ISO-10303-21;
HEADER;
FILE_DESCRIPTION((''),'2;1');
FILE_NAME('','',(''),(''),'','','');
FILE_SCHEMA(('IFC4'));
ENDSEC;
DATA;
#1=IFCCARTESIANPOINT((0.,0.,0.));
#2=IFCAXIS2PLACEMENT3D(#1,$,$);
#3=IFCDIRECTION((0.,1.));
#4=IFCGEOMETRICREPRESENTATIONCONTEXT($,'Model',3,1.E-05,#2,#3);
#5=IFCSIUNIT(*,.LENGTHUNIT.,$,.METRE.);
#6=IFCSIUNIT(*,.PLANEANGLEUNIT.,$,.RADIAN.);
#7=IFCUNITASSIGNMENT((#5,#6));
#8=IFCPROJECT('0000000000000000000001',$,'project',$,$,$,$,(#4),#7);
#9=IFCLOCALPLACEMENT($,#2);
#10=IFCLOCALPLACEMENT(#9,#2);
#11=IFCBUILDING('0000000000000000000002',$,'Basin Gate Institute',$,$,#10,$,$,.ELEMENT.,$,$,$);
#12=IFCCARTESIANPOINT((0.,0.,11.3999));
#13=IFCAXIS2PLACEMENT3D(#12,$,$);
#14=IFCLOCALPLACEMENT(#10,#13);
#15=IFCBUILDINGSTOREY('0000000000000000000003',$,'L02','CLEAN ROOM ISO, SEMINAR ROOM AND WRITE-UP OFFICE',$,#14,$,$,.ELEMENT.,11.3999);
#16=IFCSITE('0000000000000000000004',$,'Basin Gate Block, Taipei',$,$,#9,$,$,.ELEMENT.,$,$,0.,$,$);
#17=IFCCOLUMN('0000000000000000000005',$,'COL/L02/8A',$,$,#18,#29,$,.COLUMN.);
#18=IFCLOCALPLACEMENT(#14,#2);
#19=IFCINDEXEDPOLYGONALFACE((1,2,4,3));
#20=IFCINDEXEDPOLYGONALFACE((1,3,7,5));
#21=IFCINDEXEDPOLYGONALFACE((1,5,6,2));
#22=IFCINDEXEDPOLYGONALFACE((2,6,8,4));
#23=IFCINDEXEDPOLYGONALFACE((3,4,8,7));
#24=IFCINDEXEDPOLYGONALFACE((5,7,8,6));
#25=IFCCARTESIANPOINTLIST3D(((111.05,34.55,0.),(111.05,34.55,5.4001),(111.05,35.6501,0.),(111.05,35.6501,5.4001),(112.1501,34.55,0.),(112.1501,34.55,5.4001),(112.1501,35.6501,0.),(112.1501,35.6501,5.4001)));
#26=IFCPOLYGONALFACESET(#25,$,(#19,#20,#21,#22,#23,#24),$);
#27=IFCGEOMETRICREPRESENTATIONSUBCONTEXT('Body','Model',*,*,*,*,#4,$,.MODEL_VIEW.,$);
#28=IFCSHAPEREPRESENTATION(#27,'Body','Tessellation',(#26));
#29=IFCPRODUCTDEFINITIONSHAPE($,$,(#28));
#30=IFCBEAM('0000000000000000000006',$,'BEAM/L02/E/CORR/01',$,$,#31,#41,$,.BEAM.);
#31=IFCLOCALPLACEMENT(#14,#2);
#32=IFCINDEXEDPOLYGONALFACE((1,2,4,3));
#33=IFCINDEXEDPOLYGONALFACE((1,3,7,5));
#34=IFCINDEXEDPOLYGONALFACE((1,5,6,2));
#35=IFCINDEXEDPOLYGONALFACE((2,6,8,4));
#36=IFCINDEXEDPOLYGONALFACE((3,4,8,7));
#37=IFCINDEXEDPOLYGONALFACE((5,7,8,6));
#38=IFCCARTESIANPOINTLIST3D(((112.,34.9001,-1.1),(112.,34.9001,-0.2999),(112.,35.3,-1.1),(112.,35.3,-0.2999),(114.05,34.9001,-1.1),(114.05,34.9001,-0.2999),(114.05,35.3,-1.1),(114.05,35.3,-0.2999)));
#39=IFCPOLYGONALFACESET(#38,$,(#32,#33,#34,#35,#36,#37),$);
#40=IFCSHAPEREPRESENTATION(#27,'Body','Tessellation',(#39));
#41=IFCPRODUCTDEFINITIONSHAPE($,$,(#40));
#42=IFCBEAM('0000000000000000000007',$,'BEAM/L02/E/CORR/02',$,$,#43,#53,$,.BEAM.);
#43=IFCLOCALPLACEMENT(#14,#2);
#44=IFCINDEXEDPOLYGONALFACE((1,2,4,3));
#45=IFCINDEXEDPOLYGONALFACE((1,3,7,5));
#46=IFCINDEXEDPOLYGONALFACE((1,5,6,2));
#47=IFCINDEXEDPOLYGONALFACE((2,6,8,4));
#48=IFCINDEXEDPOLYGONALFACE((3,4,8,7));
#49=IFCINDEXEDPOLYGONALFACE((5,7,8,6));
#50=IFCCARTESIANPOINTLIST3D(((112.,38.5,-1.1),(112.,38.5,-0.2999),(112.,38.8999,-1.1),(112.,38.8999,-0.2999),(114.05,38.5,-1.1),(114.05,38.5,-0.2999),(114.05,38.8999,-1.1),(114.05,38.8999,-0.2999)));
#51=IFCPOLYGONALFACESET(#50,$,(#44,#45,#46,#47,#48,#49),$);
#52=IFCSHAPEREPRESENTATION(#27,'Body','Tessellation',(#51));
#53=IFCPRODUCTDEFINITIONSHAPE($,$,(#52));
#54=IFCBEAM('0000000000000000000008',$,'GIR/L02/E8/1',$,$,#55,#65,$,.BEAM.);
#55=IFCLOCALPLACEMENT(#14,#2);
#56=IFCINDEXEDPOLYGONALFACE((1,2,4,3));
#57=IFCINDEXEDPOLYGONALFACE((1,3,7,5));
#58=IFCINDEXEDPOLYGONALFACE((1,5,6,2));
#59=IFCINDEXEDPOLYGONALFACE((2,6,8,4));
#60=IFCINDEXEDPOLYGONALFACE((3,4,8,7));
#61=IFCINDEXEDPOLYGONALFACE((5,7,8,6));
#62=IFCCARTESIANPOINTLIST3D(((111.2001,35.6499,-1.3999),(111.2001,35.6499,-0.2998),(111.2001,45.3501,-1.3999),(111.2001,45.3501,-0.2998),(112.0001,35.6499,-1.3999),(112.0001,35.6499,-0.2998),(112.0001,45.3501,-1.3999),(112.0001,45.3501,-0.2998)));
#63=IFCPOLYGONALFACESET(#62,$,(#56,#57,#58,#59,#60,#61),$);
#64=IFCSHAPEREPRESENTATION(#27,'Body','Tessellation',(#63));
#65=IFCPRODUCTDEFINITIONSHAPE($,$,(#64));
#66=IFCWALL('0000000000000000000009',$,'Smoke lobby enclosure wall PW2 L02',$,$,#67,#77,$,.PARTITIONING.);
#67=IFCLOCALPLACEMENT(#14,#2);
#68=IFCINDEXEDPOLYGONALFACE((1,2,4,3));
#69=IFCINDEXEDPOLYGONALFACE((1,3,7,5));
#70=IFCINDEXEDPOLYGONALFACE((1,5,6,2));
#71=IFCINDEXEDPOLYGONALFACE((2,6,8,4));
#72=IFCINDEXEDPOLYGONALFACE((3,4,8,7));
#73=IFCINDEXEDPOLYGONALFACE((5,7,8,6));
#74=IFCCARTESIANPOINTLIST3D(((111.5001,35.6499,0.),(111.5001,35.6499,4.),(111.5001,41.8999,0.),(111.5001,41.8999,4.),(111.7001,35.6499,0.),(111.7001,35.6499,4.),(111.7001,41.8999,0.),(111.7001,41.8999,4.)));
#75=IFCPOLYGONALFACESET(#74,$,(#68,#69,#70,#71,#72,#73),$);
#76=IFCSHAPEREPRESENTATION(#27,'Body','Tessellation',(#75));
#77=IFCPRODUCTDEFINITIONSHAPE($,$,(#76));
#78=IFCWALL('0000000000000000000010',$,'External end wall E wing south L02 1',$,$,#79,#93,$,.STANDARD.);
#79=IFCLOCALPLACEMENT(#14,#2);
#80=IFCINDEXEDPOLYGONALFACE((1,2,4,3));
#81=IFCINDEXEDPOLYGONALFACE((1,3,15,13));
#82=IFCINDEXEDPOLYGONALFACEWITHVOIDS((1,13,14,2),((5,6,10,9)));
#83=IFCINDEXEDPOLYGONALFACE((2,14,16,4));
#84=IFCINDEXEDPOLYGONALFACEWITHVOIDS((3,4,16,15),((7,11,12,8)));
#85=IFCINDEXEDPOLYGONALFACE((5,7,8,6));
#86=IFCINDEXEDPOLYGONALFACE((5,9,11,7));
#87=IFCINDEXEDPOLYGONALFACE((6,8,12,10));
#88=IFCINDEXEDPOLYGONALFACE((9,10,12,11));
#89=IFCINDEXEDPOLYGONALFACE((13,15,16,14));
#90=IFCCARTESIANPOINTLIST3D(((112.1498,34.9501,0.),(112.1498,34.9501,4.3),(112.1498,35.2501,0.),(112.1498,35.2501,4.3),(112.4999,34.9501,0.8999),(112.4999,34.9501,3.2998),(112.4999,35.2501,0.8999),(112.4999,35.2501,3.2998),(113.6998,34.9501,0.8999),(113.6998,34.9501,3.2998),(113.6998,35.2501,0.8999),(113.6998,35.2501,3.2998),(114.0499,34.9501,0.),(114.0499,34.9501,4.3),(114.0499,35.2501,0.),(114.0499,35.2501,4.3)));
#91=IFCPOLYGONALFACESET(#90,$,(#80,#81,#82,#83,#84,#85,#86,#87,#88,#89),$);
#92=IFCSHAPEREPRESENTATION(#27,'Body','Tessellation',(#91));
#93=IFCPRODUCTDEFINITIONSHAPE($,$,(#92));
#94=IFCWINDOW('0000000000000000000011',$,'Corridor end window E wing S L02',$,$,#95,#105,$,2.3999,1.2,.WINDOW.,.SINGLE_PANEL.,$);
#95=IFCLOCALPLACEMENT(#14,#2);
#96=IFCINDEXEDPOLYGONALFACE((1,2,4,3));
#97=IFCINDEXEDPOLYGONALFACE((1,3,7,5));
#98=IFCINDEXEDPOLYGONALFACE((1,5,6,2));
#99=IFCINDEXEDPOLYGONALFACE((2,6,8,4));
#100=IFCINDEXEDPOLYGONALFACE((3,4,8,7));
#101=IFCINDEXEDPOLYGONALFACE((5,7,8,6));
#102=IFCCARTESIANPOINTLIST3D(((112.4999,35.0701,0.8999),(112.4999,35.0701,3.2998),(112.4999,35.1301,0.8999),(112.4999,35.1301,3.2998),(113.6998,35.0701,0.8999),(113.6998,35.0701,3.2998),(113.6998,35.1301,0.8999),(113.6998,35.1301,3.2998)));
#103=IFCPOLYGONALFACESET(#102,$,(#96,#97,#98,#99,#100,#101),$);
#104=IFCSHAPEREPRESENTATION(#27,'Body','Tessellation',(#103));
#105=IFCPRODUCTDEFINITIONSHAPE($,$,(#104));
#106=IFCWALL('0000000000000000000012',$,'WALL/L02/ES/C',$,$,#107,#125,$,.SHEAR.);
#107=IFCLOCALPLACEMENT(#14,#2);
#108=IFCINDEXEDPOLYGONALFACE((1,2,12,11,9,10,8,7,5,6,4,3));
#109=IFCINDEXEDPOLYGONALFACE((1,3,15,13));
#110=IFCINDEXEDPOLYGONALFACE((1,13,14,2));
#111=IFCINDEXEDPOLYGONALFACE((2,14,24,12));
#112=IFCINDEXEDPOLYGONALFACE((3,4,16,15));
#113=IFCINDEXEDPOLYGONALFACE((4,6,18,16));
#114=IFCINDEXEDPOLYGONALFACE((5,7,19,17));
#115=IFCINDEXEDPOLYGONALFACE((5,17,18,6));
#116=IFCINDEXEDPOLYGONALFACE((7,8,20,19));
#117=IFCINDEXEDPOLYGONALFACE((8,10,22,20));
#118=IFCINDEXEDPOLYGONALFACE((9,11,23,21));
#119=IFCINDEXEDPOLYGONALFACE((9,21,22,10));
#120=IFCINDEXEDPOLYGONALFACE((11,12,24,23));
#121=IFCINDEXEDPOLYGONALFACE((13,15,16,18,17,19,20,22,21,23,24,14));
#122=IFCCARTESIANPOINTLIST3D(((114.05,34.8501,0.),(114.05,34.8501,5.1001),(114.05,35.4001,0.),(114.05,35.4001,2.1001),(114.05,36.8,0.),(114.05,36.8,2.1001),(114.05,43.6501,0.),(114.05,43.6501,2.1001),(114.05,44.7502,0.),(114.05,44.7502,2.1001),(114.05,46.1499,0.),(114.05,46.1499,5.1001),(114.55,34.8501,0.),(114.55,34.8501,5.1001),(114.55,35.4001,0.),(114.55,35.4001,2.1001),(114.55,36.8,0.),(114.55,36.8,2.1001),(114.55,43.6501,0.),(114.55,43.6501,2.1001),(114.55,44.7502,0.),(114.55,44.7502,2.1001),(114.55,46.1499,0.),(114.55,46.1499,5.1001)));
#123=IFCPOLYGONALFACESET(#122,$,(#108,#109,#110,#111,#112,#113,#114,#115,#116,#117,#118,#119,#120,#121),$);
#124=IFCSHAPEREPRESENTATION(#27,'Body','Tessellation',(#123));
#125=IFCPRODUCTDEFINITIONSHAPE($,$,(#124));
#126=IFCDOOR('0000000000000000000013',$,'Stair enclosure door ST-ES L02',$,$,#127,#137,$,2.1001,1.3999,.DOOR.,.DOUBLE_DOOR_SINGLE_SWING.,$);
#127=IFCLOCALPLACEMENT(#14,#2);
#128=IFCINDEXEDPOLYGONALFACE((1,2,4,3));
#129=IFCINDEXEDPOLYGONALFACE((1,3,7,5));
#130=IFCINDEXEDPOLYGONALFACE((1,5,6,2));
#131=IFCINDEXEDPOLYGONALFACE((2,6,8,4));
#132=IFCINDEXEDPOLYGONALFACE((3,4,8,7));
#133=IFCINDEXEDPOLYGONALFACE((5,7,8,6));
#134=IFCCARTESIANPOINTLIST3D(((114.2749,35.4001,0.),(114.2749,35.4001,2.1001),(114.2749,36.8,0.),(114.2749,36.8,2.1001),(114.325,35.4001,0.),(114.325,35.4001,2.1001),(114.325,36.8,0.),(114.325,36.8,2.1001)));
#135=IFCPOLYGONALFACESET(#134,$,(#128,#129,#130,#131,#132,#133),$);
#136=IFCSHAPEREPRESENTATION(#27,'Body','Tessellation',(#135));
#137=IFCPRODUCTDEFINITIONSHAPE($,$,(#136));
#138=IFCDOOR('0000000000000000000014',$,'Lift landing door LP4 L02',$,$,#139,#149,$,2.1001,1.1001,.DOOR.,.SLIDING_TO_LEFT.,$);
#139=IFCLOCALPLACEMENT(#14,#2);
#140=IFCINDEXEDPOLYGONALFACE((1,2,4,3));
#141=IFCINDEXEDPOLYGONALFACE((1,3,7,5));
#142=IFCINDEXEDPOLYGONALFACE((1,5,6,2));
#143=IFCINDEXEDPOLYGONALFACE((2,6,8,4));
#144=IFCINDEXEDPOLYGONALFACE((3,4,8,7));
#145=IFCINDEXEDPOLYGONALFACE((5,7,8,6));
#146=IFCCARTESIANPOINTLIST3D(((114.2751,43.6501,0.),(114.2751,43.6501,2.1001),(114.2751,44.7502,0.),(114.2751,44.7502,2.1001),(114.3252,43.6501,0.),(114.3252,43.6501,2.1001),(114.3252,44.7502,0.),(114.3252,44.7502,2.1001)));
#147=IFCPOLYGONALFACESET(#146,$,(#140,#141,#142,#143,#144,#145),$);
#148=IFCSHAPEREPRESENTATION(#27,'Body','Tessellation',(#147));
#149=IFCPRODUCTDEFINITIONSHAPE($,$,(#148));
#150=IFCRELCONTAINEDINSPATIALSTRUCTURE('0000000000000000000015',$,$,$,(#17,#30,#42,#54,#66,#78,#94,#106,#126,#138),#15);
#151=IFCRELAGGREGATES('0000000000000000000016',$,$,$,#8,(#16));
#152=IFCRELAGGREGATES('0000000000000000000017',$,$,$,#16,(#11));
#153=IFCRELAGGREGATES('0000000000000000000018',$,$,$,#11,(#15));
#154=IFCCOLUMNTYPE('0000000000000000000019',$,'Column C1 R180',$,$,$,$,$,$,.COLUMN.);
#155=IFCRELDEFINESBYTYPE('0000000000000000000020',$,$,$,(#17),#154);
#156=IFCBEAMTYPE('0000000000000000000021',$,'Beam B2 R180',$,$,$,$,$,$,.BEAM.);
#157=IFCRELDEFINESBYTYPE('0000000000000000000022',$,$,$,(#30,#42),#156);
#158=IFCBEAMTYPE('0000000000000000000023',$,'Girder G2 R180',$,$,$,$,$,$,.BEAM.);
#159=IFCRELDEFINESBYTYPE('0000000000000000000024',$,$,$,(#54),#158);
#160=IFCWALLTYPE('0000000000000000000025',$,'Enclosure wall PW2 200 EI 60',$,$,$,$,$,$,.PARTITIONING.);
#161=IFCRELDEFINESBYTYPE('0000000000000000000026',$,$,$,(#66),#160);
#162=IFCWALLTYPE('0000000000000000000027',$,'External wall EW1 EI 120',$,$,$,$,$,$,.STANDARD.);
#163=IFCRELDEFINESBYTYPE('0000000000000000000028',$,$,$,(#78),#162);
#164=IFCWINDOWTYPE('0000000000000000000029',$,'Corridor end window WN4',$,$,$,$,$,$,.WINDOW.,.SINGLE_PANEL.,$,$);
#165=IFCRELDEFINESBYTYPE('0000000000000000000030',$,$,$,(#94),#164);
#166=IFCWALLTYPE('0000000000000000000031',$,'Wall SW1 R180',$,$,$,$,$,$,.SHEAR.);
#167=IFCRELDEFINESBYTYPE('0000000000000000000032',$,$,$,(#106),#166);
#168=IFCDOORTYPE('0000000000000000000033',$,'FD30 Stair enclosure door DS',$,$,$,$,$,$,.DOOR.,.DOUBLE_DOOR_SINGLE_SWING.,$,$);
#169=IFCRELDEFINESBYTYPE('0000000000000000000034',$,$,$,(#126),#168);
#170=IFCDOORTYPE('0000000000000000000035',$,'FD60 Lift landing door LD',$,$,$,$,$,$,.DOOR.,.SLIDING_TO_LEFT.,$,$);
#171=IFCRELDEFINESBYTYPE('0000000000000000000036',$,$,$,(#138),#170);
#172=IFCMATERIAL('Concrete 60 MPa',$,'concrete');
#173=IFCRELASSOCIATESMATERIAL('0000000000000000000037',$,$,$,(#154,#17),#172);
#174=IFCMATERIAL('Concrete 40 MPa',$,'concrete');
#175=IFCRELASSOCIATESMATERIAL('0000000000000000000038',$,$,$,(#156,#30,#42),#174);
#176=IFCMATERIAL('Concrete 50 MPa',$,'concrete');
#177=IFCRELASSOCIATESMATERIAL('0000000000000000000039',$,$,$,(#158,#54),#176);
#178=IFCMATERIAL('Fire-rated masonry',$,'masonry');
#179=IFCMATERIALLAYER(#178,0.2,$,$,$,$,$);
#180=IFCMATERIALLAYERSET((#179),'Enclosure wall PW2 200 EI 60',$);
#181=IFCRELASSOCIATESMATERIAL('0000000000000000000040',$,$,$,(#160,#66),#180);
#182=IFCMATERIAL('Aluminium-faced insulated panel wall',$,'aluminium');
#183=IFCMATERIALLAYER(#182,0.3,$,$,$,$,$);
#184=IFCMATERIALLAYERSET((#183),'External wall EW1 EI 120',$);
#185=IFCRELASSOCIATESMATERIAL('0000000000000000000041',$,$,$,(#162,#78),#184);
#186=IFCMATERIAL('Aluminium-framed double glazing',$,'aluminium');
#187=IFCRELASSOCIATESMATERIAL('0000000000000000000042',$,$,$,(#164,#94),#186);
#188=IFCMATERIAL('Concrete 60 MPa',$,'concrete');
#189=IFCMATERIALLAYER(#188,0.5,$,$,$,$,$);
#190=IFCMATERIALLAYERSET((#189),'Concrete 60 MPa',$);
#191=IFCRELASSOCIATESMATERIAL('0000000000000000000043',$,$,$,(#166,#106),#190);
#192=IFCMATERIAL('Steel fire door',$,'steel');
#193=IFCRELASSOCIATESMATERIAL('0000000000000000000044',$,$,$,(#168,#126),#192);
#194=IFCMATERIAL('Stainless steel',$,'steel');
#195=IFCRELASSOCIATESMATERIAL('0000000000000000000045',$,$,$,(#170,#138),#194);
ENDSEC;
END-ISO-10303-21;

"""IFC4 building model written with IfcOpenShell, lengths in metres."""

from ifc_helpers import new_model, si_unit, direction, frame, frame_2d, origin, origin_2d, place, context, subcontext, project, spatial, rectangle, extrude, material, layer, layer_set, material_profile, profile_set, type_object, element, fill, save


model = new_model("IFC4")

# Units and contexts
model_context = context("Model", 3, precision=1e-05, world=origin(), true_north=direction((0.0, 1.0)))
body_context = subcontext(model_context, "Body", "Model", "MODEL_VIEW")
ifc_project = project(units=[si_unit("LENGTHUNIT", "METRE"), si_unit("PLANEANGLEUNIT", "RADIAN")], contexts=[model_context])

# Site, building, storey
site_placement = place(None, origin())
site = spatial("IfcSite", under=ifc_project, at=site_placement, Name="Basin Gate Block, Taipei", CompositionType="ELEMENT", RefElevation=0.0)
building_placement = place(site_placement, origin())
building = spatial("IfcBuilding", under=site, at=building_placement, Name="Basin Gate Institute", CompositionType="ELEMENT")
storey_placement = place(building_placement, frame((0.0, 0.0, 11.3999)))
storey = spatial("IfcBuildingStorey", under=building, at=storey_placement, Name="L02", Description="CLEAN ROOM ISO, SEMINAR ROOM AND WRITE-UP OFFICE", CompositionType="ELEMENT", Elevation=11.3999)

# Column
ifc_material_1 = material(Name="Concrete 60 MPa", Category="concrete")
ifc_material_profile_1 = material_profile(ifc_material_1, rectangle(XDim=1.1001, YDim=1.1001, at=origin_2d()), Name="Column C1 1100 x 1100")
ifc_profile_set_1 = profile_set([ifc_material_profile_1], Name="Concrete 60 MPa")
column_type = type_object("IfcColumnType", Name="Column C1 R180", PredefinedType="COLUMN", material=ifc_profile_set_1)
column_placement = place(storey_placement, frame((111.6001, 35.1001, 0.0), z_axis=(0.0, 0.0, 1.0), x_axis=(1.0, 0.0, 0.0)))
element("IfcColumn", 1, at=column_placement, inside=storey, type_object=column_type, material=ifc_profile_set_1, Name="COL/L02/8A", PredefinedType="COLUMN", context=body_context, shape_type="SweptSolid", body=[
    extrude(rectangle(XDim=1.1001, YDim=1.1001, at=origin_2d()), origin(), (0.0, 0.0, 1.0), 5.4001),
])

# Beams
ifc_material_2 = material(Name="Concrete 40 MPa", Category="concrete")
ifc_material_profile_2 = material_profile(ifc_material_2, rectangle(XDim=0.3999, YDim=0.8, at=origin_2d()), Name="Beam B2 400 x 800")
ifc_profile_set_2 = profile_set([ifc_material_profile_2], Name="Concrete 40 MPa")
beam_type_1 = type_object("IfcBeamType", Name="Beam B2 R180", PredefinedType="BEAM", material=ifc_profile_set_2)
for number, where, z_axis, x_axis, name in (
    (2, (114.05, 35.1001, -0.7), (-1.0, 0.0, 0.0), (0.0, -1.0, 0.0), "BEAM/L02/E/CORR/01"),
    (3, (114.05, 38.7, -0.7), (-1.0, 0.0, 0.0), (0.0, -1.0, 0.0), "BEAM/L02/E/CORR/02"),
):
    element("IfcBeam", number, at=place(storey_placement, frame(where, z_axis=z_axis, x_axis=x_axis)), inside=storey, type_object=beam_type_1, material=ifc_profile_set_2, Name=name, PredefinedType="BEAM", context=body_context, shape_type="SweptSolid", body=[
        extrude(rectangle(XDim=0.3999, YDim=0.8, at=origin_2d()), origin(), (0.0, 0.0, 1.0), 2.05),
    ])
ifc_material_3 = material(Name="Concrete 50 MPa", Category="concrete")
ifc_material_profile_3 = material_profile(ifc_material_3, rectangle(XDim=0.8, YDim=1.1001, at=origin_2d()), Name="Girder G2 800 x 1100")
ifc_profile_set_3 = profile_set([ifc_material_profile_3], Name="Concrete 50 MPa")
beam_type_2 = type_object("IfcBeamType", Name="Girder G2 R180", PredefinedType="BEAM", material=ifc_profile_set_3)
beam_placement = place(storey_placement, frame((111.6001, 35.6499, -0.8499), z_axis=(0.0, 1.0, 0.0), x_axis=(-1.0, 0.0, 0.0)))
element("IfcBeam", 4, at=beam_placement, inside=storey, type_object=beam_type_2, material=ifc_profile_set_3, Name="GIR/L02/E8/1", PredefinedType="BEAM", context=body_context, shape_type="SweptSolid", body=[
    extrude(rectangle(XDim=0.8, YDim=1.1001, at=origin_2d()), origin(), (0.0, 0.0, 1.0), 9.7002),
])

# Wall
ifc_material_4 = material(Name="Fire-rated masonry", Category="masonry")
ifc_layer_1 = layer(ifc_material_4, 0.2)
ifc_layer_set_1 = layer_set([ifc_layer_1], Name="Enclosure wall PW2 200 EI 60")
wall_type_1 = type_object("IfcWallType", Name="Enclosure wall PW2 200 EI 60", PredefinedType="PARTITIONING", material=ifc_layer_set_1)
wall_1_placement = place(storey_placement, frame((111.6001, 35.6499, 0.0), z_axis=(0.0, 0.0, 1.0), x_axis=(0.0, 1.0, 0.0)))
element("IfcWall", 5, at=wall_1_placement, inside=storey, type_object=wall_type_1, material=ifc_layer_set_1, Name="Smoke lobby enclosure wall PW2 L02", PredefinedType="PARTITIONING", context=body_context, shape_type="SweptSolid", body=[
    extrude(rectangle(XDim=6.25, YDim=0.2, at=frame_2d((3.125, 0.0))), origin(), (0.0, 0.0, 1.0), 4.0),
])

# Wall, opening, window
ifc_material_5 = material(Name="Aluminium-faced insulated panel wall", Category="aluminium")
ifc_layer_2 = layer(ifc_material_5, 0.3)
ifc_layer_set_2 = layer_set([ifc_layer_2], Name="External wall EW1 EI 120")
wall_type_2 = type_object("IfcWallType", Name="External wall EW1 EI 120", PredefinedType="STANDARD", material=ifc_layer_set_2)
wall_2_placement = place(storey_placement, frame((114.05, 35.1001, 0.0), z_axis=(0.0, 0.0, 1.0), x_axis=(-1.0, 0.0, 0.0)))
wall_2 = element("IfcWall", 6, at=wall_2_placement, inside=storey, type_object=wall_type_2, material=ifc_layer_set_2, Name="External end wall E wing south L02 1", PredefinedType="STANDARD", context=body_context, shape_type="SweptSolid", body=[
    extrude(rectangle(XDim=1.9001, YDim=0.3, at=frame_2d((0.9502, 0.0))), origin(), (0.0, 0.0, 1.0), 4.3),
])
opening_1_placement = place(wall_2_placement, frame((0.3501, 0.0, 0.8999)))
opening_1 = element("IfcOpeningElement", 7, at=opening_1_placement, cuts=wall_2, PredefinedType="OPENING", context=body_context, shape_type="SweptSolid", body=[
    extrude(rectangle(XDim=1.2, YDim=2.3999, at=frame_2d((0.6001, 1.2))), frame((0.0, 0.1602, 0.0), z_axis=(0.0, -1.0, 0.0), x_axis=(1.0, 0.0, 0.0)), (0.0, 0.0, 1.0), 0.3201),
])
ifc_material_6 = material(Name="Aluminium-framed double glazing", Category="aluminium")
window_type = type_object("IfcWindowType", Name="Corridor end window WN4", PartitioningType="SINGLE_PANEL", PredefinedType="WINDOW", material=ifc_material_6)
window_placement = place(opening_1_placement, origin())
window = element("IfcWindow", 8, at=window_placement, inside=storey, type_object=window_type, material=ifc_material_6, Name="Corridor end window E wing S L02", OverallHeight=2.3999, OverallWidth=1.2, PartitioningType="SINGLE_PANEL", PredefinedType="WINDOW", context=body_context, shape_type="SweptSolid", body=[
    extrude(rectangle(XDim=1.2, YDim=2.3999, at=frame_2d((0.6001, 1.2))), frame((0.0, 0.03, 0.0), z_axis=(0.0, -1.0, 0.0), x_axis=(1.0, 0.0, 0.0)), (0.0, 0.0, 1.0), 0.0601),
])
fill(opening_1, window)

# Wall, openings, doors
ifc_material_7 = material(Name="Concrete 60 MPa", Category="concrete")
ifc_layer_3 = layer(ifc_material_7, 0.5)
ifc_layer_set_3 = layer_set([ifc_layer_3], Name="Concrete 60 MPa")
wall_type_3 = type_object("IfcWallType", Name="Wall SW1 R180", PredefinedType="SHEAR", material=ifc_layer_set_3)
wall_3_placement = place(storey_placement, frame((114.3, 34.8501, 0.0), z_axis=(0.0, 0.0, 1.0), x_axis=(0.0, 1.0, 0.0)))
wall_3 = element("IfcWall", 9, at=wall_3_placement, inside=storey, type_object=wall_type_3, material=ifc_layer_set_3, Name="WALL/L02/ES/C", PredefinedType="SHEAR", context=body_context, shape_type="SweptSolid", body=[
    extrude(rectangle(XDim=11.2998, YDim=0.5, at=frame_2d((5.6499, 0.0))), origin(), (0.0, 0.0, 1.0), 5.1001),
])
opening_2_placement = place(wall_3_placement, frame((0.55, 0.0, 0.0)))
opening_2 = element("IfcOpeningElement", 10, at=opening_2_placement, cuts=wall_3, PredefinedType="OPENING", context=body_context, shape_type="SweptSolid", body=[
    extrude(rectangle(XDim=1.3999, YDim=2.1001, at=frame_2d((0.7, 1.05))), frame((0.0, 0.26, 0.0), z_axis=(0.0, -1.0, 0.0), x_axis=(1.0, 0.0, 0.0)), (0.0, 0.0, 1.0), 0.52),
])
opening_3_placement = place(wall_3_placement, frame((8.8, 0.0, 0.0)))
opening_3 = element("IfcOpeningElement", 11, at=opening_3_placement, cuts=wall_3, PredefinedType="OPENING", context=body_context, shape_type="SweptSolid", body=[
    extrude(rectangle(XDim=1.1001, YDim=2.1001, at=frame_2d((0.55, 1.05))), frame((0.0, 0.26, 0.0), z_axis=(0.0, -1.0, 0.0), x_axis=(1.0, 0.0, 0.0)), (0.0, 0.0, 1.0), 0.52),
])
ifc_material_8 = material(Name="Steel fire door", Category="steel")
door_type_1 = type_object("IfcDoorType", Name="FD30 Stair enclosure door DS", OperationType="DOUBLE_DOOR_SINGLE_SWING", PredefinedType="DOOR", material=ifc_material_8)
door_1_placement = place(opening_2_placement, frame((1.3999, 0.0, 0.0), z_axis=(0.0, 0.0, 1.0), x_axis=(-1.0, 0.0, 0.0)))
door_1 = element("IfcDoor", 12, at=door_1_placement, inside=storey, type_object=door_type_1, material=ifc_material_8, Name="Stair enclosure door ST-ES L02", OperationType="DOUBLE_DOOR_SINGLE_SWING", OverallHeight=2.1001, OverallWidth=1.3999, PredefinedType="DOOR", context=body_context, shape_type="SweptSolid", body=[
    extrude(rectangle(XDim=1.3999, YDim=2.1001, at=frame_2d((0.7, 1.05))), frame((0.0, 0.0249, 0.0), z_axis=(0.0, -1.0, 0.0), x_axis=(1.0, 0.0, 0.0)), (0.0, 0.0, 1.0), 0.05),
])
fill(opening_2, door_1)
ifc_material_9 = material(Name="Stainless steel", Category="steel")
door_type_2 = type_object("IfcDoorType", Name="FD60 Lift landing door LD", OperationType="SLIDING_TO_LEFT", PredefinedType="DOOR", material=ifc_material_9)
door_2_placement = place(opening_3_placement, origin())
door_2 = element("IfcDoor", 13, at=door_2_placement, inside=storey, type_object=door_type_2, material=ifc_material_9, Name="Lift landing door LP4 L02", OperationType="SLIDING_TO_LEFT", OverallHeight=2.1001, OverallWidth=1.1001, PredefinedType="DOOR", context=body_context, shape_type="SweptSolid", body=[
    extrude(rectangle(XDim=1.1001, YDim=2.1001, at=frame_2d((0.55, 1.05))), frame((0.0, 0.0249, 0.0), z_axis=(0.0, -1.0, 0.0), x_axis=(1.0, 0.0, 0.0)), (0.0, 0.0, 1.0), 0.05),
])
fill(opening_3, door_2)

save(model, "model.ifc")
